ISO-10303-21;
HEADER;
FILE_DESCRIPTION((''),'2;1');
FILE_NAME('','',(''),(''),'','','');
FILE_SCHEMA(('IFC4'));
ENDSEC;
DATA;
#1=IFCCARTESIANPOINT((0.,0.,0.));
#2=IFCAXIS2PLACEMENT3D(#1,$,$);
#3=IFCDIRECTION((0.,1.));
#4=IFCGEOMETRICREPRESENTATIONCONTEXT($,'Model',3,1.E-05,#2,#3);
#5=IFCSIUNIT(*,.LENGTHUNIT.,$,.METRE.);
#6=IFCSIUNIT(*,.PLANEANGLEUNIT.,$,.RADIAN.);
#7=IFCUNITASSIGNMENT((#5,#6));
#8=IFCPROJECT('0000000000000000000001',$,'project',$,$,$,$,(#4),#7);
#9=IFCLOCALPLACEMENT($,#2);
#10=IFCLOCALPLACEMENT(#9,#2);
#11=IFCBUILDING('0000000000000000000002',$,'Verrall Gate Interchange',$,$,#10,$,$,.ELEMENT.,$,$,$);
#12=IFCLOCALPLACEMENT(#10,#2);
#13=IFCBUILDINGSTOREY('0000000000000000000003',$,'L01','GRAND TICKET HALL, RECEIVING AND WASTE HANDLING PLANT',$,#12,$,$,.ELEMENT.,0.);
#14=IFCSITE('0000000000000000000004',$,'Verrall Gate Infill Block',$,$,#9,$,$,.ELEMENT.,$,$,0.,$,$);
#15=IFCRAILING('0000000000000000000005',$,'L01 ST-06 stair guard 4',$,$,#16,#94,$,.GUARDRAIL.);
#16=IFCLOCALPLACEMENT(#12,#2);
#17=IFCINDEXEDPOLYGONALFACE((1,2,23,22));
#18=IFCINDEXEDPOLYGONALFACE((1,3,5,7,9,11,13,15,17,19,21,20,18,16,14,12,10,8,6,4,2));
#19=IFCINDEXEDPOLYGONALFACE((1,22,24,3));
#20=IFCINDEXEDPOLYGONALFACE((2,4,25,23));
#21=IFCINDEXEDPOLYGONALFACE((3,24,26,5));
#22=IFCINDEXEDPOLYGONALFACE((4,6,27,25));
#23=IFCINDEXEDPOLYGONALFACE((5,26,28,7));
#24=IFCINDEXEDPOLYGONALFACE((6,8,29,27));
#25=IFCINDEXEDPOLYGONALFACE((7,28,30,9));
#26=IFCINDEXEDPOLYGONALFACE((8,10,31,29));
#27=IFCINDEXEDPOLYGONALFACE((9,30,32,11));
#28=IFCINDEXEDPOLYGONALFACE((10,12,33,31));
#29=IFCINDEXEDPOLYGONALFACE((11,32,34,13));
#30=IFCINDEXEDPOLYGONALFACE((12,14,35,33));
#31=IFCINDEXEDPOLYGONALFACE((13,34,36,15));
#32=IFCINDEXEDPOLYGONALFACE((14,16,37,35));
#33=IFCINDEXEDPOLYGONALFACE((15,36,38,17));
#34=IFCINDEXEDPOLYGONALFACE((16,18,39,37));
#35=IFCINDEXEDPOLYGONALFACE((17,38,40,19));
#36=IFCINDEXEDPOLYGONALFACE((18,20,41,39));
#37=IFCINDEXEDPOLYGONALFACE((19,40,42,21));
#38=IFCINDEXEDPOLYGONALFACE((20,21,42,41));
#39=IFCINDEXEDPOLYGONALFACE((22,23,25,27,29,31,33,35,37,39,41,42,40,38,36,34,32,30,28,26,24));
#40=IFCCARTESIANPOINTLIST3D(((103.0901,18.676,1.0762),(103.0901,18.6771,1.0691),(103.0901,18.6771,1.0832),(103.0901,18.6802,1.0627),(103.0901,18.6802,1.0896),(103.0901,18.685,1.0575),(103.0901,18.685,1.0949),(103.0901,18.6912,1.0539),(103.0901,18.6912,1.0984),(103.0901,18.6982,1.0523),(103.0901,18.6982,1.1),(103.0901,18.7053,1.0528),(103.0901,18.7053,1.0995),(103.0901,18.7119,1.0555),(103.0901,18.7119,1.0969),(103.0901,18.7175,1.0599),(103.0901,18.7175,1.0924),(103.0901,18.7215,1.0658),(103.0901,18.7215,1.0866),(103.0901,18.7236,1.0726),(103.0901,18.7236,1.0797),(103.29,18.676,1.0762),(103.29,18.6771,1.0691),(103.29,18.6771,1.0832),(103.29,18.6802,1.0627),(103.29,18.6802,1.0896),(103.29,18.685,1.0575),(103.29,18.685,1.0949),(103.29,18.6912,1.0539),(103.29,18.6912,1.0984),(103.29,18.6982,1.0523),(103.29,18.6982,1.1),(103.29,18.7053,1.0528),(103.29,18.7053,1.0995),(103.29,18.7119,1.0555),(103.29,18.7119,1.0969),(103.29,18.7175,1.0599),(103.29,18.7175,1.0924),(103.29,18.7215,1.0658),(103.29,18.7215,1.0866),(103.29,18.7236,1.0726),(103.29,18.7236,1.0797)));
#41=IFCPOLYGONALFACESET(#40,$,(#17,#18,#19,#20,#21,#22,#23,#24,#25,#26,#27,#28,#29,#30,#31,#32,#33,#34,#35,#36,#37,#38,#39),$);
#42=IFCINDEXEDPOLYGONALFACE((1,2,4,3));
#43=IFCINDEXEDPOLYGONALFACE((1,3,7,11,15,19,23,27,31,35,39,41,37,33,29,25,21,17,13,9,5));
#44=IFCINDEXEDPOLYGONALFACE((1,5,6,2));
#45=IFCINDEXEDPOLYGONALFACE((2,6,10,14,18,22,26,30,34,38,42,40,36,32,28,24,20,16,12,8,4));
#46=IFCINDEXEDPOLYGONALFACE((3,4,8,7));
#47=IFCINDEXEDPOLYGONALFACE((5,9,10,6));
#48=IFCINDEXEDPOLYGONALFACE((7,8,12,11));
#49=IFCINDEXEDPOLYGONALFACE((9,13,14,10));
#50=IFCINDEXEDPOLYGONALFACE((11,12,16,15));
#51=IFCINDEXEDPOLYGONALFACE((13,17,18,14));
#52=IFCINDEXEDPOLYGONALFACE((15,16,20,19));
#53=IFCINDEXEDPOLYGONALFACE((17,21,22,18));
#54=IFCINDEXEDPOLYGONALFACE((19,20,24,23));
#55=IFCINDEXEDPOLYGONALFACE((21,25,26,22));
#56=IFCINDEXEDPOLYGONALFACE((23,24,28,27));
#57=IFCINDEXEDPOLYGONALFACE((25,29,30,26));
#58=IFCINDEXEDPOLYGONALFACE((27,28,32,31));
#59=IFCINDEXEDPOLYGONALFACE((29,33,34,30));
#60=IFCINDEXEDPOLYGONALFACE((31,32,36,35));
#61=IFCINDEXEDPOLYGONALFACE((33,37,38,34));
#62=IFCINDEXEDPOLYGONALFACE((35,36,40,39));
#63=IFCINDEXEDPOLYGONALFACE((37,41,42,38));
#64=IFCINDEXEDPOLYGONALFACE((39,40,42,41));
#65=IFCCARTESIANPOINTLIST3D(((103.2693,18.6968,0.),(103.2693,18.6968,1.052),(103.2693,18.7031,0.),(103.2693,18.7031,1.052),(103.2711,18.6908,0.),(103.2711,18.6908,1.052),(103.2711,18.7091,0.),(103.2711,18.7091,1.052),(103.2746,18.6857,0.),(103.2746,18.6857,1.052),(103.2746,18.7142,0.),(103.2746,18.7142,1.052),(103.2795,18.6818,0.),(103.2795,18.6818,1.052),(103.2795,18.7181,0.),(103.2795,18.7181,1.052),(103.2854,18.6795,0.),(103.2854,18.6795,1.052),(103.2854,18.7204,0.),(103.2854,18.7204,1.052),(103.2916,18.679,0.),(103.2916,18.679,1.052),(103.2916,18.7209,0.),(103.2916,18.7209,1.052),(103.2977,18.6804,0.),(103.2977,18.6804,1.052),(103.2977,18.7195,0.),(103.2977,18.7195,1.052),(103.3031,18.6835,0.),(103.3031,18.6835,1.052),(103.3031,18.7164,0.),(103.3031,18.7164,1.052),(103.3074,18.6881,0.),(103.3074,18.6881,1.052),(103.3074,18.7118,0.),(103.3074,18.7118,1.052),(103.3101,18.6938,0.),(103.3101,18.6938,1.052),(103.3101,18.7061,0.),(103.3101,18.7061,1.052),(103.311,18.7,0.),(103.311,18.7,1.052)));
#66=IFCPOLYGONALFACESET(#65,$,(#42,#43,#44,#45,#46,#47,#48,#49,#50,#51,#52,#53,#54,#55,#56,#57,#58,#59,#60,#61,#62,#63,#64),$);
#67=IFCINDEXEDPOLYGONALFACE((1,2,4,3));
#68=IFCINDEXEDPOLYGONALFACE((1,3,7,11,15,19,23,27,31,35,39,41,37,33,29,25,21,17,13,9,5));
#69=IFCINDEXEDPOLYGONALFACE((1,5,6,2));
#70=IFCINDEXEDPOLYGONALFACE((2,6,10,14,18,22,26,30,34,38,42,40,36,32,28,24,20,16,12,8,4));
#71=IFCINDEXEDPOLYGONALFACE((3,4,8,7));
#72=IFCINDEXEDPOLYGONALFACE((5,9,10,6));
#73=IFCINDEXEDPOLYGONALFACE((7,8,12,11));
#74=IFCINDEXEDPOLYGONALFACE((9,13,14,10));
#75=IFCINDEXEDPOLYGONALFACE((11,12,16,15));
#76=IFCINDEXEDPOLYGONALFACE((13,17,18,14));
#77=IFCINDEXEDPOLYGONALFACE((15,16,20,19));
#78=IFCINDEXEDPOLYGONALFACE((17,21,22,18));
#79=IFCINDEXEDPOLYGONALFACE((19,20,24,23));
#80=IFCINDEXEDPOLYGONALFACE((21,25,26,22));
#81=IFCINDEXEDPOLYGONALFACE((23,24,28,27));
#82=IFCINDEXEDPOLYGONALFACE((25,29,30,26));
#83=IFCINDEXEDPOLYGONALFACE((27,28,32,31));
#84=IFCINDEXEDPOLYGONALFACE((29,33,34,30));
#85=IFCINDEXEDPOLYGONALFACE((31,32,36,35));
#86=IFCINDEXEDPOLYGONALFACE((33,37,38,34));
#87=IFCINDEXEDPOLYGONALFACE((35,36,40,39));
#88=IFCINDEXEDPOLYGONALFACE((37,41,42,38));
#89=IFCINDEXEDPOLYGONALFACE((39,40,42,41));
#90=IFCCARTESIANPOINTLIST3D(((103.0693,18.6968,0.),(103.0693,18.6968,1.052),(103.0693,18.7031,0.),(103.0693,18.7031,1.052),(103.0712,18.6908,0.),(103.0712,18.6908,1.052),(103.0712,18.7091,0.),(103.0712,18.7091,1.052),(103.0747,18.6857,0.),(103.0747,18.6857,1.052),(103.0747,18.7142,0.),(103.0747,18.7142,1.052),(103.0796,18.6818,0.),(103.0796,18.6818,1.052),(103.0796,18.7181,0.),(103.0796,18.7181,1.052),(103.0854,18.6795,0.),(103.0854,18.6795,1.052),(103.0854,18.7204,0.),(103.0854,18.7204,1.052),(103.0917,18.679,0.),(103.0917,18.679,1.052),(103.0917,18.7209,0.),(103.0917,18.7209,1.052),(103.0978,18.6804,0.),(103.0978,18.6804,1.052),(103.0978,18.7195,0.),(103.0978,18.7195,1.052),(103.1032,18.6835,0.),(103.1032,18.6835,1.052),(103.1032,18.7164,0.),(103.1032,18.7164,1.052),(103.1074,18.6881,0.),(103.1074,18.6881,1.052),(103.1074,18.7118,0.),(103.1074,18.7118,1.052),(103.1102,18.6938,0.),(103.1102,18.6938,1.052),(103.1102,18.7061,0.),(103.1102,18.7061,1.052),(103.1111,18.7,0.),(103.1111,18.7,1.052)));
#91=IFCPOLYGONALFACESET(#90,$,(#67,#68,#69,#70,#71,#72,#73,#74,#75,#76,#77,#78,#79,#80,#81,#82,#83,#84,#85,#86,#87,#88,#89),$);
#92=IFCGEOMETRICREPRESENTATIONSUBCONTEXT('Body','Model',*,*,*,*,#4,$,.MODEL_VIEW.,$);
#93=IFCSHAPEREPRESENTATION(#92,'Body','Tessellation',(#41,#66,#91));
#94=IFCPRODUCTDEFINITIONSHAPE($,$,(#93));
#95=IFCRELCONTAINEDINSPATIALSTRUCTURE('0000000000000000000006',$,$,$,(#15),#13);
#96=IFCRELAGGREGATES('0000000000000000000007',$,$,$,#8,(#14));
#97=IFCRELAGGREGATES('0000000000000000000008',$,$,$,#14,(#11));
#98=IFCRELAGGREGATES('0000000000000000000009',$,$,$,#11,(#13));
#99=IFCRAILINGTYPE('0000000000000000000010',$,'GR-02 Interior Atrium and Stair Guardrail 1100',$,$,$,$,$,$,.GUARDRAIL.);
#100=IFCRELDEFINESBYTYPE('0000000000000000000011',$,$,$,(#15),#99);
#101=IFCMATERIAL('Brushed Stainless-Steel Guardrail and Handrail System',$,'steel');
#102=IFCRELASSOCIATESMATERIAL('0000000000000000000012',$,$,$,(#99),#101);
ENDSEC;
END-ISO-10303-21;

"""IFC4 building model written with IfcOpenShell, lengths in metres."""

from ifc_helpers import new_model, si_unit, direction, frame, origin, origin_2d, place, context, subcontext, project, spatial, circle, extrude, material, type_object, element, save


model = new_model("IFC4")

# Units and contexts
model_context = context("Model", 3, precision=1e-05, world=origin(), true_north=direction((0.0, 1.0)))
body_context = subcontext(model_context, "Body", "Model", "MODEL_VIEW")
ifc_project = project(units=[si_unit("LENGTHUNIT", "METRE"), si_unit("PLANEANGLEUNIT", "RADIAN")], contexts=[model_context])

# Site, building, storey
site_placement = place(None, origin())
site = spatial("IfcSite", under=ifc_project, at=site_placement, Name="Verrall Gate Infill Block", CompositionType="ELEMENT", RefElevation=0.0)
building_placement = place(site_placement, origin())
building = spatial("IfcBuilding", under=site, at=building_placement, Name="Verrall Gate Interchange", CompositionType="ELEMENT")
storey_placement = place(building_placement, origin())
storey = spatial("IfcBuildingStorey", under=building, at=storey_placement, Name="L01", Description="GRAND TICKET HALL, RECEIVING AND WASTE HANDLING PLANT", CompositionType="ELEMENT", Elevation=0.0)

# Railing
ifc_material_1 = material(Name="Brushed Stainless-Steel Guardrail and Handrail System", Category="steel")
railing_type = type_object("IfcRailingType", Name="GR-02 Interior Atrium and Stair Guardrail 1100", PredefinedType="GUARDRAIL", material=ifc_material_1)
railing_1_placement = place(storey_placement, frame((103.29, 18.7, 0.0)))
element("IfcRailing", 1, at=railing_1_placement, inside=storey, type_object=railing_type, Name="L01 ST-06 stair guard 4", PredefinedType="GUARDRAIL", context=body_context, shape_type="SweptSolid", body=[
    extrude(circle(Radius=0.0239, at=origin_2d()), frame((0.0, 0.0, 1.0762), z_axis=(-1.0, 0.0, 0.0), x_axis=(0.0, -1.0, 0.0)), (0.0, 0.0, 1.0), 0.2),
    extrude(circle(Radius=0.021, at=origin_2d()), origin(), (0.0, 0.0, 1.0), 1.052),
    extrude(circle(Radius=0.021, at=origin_2d()), frame((-0.2, 0.0, 0.0)), (0.0, 0.0, 1.0), 1.052),
])

save(model, "model.ifc")
